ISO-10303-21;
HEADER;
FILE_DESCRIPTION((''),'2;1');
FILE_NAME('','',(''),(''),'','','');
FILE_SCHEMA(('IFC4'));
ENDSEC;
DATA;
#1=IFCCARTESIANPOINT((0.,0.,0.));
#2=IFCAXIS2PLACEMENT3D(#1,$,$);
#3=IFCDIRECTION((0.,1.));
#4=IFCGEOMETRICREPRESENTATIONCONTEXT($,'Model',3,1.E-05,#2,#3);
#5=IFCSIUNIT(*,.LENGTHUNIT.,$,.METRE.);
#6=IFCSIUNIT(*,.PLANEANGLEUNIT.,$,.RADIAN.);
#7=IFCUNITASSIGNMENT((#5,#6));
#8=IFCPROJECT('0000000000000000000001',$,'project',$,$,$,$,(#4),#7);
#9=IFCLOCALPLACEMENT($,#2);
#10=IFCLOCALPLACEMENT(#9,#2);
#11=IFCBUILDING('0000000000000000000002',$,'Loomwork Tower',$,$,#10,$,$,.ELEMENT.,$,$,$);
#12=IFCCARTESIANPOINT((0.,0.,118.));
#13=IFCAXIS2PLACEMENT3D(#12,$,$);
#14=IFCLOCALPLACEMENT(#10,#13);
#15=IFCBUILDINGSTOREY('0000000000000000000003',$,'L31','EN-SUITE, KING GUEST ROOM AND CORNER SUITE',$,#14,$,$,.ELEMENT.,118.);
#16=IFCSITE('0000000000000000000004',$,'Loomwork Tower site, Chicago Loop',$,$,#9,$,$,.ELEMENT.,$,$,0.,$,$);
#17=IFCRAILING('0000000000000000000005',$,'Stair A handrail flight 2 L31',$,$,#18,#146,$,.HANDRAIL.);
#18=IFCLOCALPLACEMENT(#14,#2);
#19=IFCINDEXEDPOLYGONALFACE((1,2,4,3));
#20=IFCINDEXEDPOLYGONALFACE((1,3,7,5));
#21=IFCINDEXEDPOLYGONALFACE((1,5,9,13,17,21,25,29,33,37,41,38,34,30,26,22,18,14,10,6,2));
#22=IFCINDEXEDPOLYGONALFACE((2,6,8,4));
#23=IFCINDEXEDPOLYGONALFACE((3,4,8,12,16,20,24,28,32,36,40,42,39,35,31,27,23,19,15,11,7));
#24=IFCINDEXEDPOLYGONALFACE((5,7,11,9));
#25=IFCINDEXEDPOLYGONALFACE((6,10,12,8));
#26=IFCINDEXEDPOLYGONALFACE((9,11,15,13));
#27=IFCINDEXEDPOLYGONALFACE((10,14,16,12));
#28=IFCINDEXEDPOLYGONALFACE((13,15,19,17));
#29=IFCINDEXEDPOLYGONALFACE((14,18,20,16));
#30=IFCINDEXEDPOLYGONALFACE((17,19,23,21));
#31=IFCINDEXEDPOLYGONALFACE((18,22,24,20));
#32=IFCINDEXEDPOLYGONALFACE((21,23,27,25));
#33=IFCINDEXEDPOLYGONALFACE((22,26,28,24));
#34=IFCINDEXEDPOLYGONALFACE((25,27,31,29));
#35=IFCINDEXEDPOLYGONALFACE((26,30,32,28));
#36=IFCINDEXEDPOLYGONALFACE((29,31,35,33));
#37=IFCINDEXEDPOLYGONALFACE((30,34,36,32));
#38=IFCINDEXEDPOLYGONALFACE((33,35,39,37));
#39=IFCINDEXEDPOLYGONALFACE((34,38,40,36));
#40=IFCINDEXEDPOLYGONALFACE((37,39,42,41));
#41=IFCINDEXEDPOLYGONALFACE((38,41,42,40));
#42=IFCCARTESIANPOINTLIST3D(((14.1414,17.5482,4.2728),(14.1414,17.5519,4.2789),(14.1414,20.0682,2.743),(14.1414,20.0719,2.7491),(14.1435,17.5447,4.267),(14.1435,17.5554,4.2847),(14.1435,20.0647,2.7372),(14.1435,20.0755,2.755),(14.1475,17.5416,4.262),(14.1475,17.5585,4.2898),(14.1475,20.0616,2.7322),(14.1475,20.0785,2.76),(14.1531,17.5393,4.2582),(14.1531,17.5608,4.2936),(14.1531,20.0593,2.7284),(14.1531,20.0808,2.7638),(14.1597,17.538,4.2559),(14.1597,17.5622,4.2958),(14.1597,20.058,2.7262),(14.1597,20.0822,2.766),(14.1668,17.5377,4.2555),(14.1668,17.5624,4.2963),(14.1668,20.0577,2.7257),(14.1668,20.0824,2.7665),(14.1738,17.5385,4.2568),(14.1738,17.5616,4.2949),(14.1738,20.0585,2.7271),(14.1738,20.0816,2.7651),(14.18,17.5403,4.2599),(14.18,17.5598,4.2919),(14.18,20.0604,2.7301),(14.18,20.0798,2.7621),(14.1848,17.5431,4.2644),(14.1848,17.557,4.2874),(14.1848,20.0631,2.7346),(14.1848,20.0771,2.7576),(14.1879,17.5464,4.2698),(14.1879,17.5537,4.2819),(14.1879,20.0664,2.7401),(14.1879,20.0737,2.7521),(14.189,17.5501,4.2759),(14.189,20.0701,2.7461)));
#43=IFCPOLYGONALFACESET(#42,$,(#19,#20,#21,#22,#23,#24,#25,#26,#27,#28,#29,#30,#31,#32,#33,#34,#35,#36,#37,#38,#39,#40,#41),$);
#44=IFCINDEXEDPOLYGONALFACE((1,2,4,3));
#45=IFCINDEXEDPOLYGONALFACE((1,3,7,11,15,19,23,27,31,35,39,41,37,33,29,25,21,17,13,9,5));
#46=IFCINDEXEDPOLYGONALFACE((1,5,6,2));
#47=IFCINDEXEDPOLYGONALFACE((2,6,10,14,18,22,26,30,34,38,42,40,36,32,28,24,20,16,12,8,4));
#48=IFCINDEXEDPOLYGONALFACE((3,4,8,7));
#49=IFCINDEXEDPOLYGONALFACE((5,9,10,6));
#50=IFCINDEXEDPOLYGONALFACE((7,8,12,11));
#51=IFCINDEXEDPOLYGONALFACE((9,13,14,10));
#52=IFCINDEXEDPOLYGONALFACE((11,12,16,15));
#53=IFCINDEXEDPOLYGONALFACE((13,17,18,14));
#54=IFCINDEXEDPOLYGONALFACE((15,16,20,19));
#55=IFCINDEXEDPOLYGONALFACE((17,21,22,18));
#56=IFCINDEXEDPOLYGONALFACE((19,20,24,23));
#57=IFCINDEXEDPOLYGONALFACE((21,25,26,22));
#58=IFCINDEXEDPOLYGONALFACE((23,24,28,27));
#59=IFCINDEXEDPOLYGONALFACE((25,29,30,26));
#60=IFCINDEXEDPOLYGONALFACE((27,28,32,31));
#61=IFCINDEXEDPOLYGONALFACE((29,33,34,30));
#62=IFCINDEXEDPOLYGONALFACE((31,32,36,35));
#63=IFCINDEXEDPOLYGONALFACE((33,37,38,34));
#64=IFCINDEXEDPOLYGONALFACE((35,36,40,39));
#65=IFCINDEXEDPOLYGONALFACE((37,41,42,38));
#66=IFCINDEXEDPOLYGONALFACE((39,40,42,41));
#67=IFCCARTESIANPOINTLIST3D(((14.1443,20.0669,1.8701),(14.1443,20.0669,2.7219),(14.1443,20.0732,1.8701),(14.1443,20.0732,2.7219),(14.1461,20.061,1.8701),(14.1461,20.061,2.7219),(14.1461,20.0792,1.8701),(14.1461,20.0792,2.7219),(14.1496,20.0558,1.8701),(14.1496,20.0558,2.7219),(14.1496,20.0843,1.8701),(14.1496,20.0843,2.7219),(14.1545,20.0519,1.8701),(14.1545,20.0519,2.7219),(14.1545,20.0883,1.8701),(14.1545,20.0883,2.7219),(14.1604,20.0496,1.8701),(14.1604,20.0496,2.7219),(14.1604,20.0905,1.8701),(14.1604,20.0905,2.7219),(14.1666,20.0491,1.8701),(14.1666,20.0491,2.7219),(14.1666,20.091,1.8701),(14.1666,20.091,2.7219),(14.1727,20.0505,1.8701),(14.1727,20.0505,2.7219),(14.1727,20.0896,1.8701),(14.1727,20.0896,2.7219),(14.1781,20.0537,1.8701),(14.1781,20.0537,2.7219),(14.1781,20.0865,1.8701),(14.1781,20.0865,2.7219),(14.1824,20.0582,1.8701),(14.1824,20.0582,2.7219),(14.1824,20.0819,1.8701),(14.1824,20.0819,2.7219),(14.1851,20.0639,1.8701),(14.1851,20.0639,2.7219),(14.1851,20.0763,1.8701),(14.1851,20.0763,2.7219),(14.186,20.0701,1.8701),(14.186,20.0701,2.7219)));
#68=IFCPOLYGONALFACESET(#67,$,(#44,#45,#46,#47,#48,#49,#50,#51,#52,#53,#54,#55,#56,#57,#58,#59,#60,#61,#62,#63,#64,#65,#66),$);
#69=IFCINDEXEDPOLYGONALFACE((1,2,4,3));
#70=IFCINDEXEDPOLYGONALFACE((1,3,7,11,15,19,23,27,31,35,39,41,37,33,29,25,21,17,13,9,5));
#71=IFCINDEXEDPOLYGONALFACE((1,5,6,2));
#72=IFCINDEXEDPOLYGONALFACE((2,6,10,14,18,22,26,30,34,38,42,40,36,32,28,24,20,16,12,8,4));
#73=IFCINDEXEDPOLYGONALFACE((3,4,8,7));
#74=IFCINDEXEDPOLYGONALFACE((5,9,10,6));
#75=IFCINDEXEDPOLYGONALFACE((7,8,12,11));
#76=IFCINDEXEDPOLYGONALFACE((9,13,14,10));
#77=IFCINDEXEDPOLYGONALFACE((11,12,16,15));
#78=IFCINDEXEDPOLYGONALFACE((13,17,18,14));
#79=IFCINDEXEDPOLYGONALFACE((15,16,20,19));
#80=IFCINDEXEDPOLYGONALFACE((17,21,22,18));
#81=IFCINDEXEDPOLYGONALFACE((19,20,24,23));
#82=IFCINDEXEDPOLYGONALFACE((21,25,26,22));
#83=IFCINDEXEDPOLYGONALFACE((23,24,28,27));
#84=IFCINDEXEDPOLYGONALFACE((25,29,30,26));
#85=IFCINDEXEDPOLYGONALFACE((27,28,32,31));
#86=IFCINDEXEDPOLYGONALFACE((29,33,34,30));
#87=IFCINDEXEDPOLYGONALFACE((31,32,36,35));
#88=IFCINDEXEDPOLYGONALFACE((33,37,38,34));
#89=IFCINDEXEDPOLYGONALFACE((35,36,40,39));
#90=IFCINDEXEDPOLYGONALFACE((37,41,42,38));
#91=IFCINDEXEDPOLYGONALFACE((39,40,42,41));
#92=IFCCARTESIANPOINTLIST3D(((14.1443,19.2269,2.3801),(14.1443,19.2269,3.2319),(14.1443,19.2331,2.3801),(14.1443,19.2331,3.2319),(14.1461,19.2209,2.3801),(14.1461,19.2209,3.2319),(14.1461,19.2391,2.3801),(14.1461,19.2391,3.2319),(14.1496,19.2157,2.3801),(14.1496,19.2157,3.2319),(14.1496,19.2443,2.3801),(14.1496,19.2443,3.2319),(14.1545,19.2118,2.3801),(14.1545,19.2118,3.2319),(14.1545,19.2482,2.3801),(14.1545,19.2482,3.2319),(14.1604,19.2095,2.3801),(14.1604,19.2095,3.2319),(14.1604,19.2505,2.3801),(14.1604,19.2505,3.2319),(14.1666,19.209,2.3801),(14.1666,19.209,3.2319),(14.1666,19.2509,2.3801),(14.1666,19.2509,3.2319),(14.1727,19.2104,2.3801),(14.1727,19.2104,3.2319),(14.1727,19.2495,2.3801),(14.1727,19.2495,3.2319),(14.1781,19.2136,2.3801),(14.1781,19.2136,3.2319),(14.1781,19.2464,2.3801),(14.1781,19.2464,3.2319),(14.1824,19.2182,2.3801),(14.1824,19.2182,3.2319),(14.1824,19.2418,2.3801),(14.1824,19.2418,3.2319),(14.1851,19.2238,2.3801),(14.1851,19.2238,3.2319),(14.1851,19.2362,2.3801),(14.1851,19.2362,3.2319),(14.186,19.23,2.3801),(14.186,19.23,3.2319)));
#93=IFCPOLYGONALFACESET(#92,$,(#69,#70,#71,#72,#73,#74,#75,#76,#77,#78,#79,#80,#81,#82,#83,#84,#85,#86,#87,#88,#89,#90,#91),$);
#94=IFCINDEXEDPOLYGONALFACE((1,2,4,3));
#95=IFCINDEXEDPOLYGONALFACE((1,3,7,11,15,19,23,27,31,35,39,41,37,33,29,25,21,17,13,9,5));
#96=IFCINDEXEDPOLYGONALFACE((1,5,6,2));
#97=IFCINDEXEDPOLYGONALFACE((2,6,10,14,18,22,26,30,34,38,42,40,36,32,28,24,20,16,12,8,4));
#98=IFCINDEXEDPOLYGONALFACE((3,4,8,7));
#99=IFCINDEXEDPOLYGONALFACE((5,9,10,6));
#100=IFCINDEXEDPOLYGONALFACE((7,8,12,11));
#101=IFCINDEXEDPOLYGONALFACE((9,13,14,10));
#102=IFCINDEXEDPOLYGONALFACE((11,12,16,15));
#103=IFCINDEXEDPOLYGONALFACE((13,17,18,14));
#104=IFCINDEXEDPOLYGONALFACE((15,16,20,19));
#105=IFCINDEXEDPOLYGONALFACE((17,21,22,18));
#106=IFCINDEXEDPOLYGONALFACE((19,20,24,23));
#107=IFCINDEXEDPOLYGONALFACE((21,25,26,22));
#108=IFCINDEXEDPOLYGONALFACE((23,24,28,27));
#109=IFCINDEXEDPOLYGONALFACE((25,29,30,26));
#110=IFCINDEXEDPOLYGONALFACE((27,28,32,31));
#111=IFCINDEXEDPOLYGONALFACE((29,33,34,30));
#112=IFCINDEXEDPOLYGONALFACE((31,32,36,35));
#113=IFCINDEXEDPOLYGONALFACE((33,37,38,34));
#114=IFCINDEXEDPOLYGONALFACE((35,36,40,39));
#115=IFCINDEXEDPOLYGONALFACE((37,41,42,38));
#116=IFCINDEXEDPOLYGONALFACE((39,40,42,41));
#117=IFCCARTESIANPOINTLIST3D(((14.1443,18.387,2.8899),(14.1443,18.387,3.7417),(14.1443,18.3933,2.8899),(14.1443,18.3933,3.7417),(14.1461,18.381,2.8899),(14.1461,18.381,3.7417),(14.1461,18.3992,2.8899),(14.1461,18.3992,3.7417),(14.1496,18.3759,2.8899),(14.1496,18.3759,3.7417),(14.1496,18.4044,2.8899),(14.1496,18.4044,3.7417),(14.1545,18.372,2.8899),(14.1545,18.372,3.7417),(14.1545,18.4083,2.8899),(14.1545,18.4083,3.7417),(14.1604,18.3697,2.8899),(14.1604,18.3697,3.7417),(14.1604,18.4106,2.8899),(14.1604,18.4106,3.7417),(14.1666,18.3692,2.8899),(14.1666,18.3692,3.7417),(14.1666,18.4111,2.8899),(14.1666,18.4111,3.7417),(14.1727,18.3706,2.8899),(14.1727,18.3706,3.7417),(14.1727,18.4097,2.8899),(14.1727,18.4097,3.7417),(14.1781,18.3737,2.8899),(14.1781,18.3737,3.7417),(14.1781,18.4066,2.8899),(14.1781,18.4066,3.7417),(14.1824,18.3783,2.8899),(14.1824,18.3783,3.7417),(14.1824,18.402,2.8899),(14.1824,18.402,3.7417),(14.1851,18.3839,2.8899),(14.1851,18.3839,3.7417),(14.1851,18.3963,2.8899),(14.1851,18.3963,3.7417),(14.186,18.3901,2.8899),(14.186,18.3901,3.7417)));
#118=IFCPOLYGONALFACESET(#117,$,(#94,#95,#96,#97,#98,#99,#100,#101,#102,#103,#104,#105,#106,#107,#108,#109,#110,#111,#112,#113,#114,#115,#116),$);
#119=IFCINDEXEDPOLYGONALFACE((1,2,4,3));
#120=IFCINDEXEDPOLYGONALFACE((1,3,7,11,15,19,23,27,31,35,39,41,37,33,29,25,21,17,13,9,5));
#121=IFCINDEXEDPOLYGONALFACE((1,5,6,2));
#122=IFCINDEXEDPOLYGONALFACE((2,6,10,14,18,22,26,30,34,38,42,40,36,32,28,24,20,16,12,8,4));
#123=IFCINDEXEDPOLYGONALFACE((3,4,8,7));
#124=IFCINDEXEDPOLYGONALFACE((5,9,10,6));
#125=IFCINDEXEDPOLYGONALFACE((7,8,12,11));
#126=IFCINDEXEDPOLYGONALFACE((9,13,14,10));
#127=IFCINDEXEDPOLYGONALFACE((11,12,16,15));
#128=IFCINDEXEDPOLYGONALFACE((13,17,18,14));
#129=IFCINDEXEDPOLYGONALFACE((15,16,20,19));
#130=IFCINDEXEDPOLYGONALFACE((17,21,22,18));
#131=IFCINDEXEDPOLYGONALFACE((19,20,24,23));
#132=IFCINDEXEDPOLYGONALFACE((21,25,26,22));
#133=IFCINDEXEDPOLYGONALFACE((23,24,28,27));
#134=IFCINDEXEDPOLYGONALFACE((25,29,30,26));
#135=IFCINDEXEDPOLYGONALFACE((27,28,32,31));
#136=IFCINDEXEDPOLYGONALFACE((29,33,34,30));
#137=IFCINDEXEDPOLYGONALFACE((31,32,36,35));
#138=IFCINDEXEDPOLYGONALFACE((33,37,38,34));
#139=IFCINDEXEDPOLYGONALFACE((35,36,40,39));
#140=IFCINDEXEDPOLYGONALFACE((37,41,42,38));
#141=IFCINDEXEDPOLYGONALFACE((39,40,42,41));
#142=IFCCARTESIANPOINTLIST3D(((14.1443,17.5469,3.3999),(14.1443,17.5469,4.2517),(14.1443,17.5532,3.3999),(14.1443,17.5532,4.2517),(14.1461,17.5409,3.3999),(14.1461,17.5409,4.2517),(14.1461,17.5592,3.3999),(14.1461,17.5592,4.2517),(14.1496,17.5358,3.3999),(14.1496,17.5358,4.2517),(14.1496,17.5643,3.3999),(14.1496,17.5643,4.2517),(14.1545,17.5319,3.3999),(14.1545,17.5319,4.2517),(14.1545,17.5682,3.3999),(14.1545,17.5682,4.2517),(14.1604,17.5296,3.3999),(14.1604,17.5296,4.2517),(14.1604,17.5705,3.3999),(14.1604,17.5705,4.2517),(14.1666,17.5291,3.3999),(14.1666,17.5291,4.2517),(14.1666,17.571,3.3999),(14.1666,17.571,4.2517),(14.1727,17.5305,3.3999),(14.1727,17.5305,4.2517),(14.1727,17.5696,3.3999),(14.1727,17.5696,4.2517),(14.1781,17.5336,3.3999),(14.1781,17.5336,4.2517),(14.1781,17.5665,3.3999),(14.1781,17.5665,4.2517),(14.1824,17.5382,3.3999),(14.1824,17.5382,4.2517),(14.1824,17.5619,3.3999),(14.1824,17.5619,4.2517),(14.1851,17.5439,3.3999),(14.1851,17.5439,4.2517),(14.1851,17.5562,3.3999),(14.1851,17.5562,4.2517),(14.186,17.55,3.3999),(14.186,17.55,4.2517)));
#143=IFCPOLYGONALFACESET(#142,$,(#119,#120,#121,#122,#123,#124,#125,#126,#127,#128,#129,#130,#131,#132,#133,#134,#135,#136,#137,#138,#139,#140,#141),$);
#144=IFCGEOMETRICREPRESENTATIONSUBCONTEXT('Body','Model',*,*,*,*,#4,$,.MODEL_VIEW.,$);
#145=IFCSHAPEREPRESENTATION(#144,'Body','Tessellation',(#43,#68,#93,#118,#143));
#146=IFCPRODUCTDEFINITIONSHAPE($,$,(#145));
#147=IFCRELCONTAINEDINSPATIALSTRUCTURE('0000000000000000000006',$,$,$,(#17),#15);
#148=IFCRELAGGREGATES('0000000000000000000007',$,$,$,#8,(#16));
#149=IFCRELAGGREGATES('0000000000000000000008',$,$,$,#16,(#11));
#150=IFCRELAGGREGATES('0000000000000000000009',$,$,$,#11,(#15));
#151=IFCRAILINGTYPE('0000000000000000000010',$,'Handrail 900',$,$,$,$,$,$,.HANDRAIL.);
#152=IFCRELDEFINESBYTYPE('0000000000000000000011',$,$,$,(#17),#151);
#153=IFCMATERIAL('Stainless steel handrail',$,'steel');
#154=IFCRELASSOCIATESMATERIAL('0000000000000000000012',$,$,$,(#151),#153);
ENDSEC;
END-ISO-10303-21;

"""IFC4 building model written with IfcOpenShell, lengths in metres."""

from ifc_helpers import new_model, si_unit, direction, frame, origin, origin_2d, place, context, subcontext, project, spatial, circle, extrude, material, type_object, element, save


model = new_model("IFC4")

# Units and contexts
model_context = context("Model", 3, precision=1e-05, world=origin(), true_north=direction((0.0, 1.0)))
body_context = subcontext(model_context, "Body", "Model", "MODEL_VIEW")
ifc_project = project(units=[si_unit("LENGTHUNIT", "METRE"), si_unit("PLANEANGLEUNIT", "RADIAN")], contexts=[model_context])

# Site, building, storey
site_placement = place(None, origin())
site = spatial("IfcSite", under=ifc_project, at=site_placement, Name="Loomwork Tower site, Chicago Loop", CompositionType="ELEMENT", RefElevation=0.0)
building_placement = place(site_placement, origin())
building = spatial("IfcBuilding", under=site, at=building_placement, Name="Loomwork Tower", CompositionType="ELEMENT")
storey_placement = place(building_placement, frame((0.0, 0.0, 118.0)))
storey = spatial("IfcBuildingStorey", under=building, at=storey_placement, Name="L31", Description="EN-SUITE, KING GUEST ROOM AND CORNER SUITE", CompositionType="ELEMENT", Elevation=118.0)

# Railing
ifc_material_1 = material(Name="Stainless steel handrail", Category="steel")
railing_type = type_object("IfcRailingType", Name="Handrail 900", PredefinedType="HANDRAIL", material=ifc_material_1)
railing_1_placement = place(storey_placement, frame((14.165, 20.0701, 1.8701)))
element("IfcRailing", 1, at=railing_1_placement, inside=storey, type_object=railing_type, Name="Stair A handrail flight 2 L31", PredefinedType="HANDRAIL", context=body_context, shape_type="SweptSolid", body=[
    extrude(circle(Radius=0.0239, at=origin_2d()), frame((0.0, 0.0, 0.876), z_axis=(0.0, -0.854822, 0.518922), x_axis=(1.0, 0.0, 0.0)), (0.0, 0.0, 1.0), 2.948),
    extrude(circle(Radius=0.021, at=origin_2d()), origin(), (0.0, 0.0, 1.0), 0.8518),
    extrude(circle(Radius=0.021, at=origin_2d()), frame((0.0, -0.8401, 0.51)), (0.0, 0.0, 1.0), 0.8518),
    extrude(circle(Radius=0.021, at=origin_2d()), frame((0.0, -1.6799, 1.0198)), (0.0, 0.0, 1.0), 0.8518),
    extrude(circle(Radius=0.021, at=origin_2d()), frame((0.0, -2.52, 1.5298)), (0.0, 0.0, 1.0), 0.8518),
])

save(model, "model.ifc")
